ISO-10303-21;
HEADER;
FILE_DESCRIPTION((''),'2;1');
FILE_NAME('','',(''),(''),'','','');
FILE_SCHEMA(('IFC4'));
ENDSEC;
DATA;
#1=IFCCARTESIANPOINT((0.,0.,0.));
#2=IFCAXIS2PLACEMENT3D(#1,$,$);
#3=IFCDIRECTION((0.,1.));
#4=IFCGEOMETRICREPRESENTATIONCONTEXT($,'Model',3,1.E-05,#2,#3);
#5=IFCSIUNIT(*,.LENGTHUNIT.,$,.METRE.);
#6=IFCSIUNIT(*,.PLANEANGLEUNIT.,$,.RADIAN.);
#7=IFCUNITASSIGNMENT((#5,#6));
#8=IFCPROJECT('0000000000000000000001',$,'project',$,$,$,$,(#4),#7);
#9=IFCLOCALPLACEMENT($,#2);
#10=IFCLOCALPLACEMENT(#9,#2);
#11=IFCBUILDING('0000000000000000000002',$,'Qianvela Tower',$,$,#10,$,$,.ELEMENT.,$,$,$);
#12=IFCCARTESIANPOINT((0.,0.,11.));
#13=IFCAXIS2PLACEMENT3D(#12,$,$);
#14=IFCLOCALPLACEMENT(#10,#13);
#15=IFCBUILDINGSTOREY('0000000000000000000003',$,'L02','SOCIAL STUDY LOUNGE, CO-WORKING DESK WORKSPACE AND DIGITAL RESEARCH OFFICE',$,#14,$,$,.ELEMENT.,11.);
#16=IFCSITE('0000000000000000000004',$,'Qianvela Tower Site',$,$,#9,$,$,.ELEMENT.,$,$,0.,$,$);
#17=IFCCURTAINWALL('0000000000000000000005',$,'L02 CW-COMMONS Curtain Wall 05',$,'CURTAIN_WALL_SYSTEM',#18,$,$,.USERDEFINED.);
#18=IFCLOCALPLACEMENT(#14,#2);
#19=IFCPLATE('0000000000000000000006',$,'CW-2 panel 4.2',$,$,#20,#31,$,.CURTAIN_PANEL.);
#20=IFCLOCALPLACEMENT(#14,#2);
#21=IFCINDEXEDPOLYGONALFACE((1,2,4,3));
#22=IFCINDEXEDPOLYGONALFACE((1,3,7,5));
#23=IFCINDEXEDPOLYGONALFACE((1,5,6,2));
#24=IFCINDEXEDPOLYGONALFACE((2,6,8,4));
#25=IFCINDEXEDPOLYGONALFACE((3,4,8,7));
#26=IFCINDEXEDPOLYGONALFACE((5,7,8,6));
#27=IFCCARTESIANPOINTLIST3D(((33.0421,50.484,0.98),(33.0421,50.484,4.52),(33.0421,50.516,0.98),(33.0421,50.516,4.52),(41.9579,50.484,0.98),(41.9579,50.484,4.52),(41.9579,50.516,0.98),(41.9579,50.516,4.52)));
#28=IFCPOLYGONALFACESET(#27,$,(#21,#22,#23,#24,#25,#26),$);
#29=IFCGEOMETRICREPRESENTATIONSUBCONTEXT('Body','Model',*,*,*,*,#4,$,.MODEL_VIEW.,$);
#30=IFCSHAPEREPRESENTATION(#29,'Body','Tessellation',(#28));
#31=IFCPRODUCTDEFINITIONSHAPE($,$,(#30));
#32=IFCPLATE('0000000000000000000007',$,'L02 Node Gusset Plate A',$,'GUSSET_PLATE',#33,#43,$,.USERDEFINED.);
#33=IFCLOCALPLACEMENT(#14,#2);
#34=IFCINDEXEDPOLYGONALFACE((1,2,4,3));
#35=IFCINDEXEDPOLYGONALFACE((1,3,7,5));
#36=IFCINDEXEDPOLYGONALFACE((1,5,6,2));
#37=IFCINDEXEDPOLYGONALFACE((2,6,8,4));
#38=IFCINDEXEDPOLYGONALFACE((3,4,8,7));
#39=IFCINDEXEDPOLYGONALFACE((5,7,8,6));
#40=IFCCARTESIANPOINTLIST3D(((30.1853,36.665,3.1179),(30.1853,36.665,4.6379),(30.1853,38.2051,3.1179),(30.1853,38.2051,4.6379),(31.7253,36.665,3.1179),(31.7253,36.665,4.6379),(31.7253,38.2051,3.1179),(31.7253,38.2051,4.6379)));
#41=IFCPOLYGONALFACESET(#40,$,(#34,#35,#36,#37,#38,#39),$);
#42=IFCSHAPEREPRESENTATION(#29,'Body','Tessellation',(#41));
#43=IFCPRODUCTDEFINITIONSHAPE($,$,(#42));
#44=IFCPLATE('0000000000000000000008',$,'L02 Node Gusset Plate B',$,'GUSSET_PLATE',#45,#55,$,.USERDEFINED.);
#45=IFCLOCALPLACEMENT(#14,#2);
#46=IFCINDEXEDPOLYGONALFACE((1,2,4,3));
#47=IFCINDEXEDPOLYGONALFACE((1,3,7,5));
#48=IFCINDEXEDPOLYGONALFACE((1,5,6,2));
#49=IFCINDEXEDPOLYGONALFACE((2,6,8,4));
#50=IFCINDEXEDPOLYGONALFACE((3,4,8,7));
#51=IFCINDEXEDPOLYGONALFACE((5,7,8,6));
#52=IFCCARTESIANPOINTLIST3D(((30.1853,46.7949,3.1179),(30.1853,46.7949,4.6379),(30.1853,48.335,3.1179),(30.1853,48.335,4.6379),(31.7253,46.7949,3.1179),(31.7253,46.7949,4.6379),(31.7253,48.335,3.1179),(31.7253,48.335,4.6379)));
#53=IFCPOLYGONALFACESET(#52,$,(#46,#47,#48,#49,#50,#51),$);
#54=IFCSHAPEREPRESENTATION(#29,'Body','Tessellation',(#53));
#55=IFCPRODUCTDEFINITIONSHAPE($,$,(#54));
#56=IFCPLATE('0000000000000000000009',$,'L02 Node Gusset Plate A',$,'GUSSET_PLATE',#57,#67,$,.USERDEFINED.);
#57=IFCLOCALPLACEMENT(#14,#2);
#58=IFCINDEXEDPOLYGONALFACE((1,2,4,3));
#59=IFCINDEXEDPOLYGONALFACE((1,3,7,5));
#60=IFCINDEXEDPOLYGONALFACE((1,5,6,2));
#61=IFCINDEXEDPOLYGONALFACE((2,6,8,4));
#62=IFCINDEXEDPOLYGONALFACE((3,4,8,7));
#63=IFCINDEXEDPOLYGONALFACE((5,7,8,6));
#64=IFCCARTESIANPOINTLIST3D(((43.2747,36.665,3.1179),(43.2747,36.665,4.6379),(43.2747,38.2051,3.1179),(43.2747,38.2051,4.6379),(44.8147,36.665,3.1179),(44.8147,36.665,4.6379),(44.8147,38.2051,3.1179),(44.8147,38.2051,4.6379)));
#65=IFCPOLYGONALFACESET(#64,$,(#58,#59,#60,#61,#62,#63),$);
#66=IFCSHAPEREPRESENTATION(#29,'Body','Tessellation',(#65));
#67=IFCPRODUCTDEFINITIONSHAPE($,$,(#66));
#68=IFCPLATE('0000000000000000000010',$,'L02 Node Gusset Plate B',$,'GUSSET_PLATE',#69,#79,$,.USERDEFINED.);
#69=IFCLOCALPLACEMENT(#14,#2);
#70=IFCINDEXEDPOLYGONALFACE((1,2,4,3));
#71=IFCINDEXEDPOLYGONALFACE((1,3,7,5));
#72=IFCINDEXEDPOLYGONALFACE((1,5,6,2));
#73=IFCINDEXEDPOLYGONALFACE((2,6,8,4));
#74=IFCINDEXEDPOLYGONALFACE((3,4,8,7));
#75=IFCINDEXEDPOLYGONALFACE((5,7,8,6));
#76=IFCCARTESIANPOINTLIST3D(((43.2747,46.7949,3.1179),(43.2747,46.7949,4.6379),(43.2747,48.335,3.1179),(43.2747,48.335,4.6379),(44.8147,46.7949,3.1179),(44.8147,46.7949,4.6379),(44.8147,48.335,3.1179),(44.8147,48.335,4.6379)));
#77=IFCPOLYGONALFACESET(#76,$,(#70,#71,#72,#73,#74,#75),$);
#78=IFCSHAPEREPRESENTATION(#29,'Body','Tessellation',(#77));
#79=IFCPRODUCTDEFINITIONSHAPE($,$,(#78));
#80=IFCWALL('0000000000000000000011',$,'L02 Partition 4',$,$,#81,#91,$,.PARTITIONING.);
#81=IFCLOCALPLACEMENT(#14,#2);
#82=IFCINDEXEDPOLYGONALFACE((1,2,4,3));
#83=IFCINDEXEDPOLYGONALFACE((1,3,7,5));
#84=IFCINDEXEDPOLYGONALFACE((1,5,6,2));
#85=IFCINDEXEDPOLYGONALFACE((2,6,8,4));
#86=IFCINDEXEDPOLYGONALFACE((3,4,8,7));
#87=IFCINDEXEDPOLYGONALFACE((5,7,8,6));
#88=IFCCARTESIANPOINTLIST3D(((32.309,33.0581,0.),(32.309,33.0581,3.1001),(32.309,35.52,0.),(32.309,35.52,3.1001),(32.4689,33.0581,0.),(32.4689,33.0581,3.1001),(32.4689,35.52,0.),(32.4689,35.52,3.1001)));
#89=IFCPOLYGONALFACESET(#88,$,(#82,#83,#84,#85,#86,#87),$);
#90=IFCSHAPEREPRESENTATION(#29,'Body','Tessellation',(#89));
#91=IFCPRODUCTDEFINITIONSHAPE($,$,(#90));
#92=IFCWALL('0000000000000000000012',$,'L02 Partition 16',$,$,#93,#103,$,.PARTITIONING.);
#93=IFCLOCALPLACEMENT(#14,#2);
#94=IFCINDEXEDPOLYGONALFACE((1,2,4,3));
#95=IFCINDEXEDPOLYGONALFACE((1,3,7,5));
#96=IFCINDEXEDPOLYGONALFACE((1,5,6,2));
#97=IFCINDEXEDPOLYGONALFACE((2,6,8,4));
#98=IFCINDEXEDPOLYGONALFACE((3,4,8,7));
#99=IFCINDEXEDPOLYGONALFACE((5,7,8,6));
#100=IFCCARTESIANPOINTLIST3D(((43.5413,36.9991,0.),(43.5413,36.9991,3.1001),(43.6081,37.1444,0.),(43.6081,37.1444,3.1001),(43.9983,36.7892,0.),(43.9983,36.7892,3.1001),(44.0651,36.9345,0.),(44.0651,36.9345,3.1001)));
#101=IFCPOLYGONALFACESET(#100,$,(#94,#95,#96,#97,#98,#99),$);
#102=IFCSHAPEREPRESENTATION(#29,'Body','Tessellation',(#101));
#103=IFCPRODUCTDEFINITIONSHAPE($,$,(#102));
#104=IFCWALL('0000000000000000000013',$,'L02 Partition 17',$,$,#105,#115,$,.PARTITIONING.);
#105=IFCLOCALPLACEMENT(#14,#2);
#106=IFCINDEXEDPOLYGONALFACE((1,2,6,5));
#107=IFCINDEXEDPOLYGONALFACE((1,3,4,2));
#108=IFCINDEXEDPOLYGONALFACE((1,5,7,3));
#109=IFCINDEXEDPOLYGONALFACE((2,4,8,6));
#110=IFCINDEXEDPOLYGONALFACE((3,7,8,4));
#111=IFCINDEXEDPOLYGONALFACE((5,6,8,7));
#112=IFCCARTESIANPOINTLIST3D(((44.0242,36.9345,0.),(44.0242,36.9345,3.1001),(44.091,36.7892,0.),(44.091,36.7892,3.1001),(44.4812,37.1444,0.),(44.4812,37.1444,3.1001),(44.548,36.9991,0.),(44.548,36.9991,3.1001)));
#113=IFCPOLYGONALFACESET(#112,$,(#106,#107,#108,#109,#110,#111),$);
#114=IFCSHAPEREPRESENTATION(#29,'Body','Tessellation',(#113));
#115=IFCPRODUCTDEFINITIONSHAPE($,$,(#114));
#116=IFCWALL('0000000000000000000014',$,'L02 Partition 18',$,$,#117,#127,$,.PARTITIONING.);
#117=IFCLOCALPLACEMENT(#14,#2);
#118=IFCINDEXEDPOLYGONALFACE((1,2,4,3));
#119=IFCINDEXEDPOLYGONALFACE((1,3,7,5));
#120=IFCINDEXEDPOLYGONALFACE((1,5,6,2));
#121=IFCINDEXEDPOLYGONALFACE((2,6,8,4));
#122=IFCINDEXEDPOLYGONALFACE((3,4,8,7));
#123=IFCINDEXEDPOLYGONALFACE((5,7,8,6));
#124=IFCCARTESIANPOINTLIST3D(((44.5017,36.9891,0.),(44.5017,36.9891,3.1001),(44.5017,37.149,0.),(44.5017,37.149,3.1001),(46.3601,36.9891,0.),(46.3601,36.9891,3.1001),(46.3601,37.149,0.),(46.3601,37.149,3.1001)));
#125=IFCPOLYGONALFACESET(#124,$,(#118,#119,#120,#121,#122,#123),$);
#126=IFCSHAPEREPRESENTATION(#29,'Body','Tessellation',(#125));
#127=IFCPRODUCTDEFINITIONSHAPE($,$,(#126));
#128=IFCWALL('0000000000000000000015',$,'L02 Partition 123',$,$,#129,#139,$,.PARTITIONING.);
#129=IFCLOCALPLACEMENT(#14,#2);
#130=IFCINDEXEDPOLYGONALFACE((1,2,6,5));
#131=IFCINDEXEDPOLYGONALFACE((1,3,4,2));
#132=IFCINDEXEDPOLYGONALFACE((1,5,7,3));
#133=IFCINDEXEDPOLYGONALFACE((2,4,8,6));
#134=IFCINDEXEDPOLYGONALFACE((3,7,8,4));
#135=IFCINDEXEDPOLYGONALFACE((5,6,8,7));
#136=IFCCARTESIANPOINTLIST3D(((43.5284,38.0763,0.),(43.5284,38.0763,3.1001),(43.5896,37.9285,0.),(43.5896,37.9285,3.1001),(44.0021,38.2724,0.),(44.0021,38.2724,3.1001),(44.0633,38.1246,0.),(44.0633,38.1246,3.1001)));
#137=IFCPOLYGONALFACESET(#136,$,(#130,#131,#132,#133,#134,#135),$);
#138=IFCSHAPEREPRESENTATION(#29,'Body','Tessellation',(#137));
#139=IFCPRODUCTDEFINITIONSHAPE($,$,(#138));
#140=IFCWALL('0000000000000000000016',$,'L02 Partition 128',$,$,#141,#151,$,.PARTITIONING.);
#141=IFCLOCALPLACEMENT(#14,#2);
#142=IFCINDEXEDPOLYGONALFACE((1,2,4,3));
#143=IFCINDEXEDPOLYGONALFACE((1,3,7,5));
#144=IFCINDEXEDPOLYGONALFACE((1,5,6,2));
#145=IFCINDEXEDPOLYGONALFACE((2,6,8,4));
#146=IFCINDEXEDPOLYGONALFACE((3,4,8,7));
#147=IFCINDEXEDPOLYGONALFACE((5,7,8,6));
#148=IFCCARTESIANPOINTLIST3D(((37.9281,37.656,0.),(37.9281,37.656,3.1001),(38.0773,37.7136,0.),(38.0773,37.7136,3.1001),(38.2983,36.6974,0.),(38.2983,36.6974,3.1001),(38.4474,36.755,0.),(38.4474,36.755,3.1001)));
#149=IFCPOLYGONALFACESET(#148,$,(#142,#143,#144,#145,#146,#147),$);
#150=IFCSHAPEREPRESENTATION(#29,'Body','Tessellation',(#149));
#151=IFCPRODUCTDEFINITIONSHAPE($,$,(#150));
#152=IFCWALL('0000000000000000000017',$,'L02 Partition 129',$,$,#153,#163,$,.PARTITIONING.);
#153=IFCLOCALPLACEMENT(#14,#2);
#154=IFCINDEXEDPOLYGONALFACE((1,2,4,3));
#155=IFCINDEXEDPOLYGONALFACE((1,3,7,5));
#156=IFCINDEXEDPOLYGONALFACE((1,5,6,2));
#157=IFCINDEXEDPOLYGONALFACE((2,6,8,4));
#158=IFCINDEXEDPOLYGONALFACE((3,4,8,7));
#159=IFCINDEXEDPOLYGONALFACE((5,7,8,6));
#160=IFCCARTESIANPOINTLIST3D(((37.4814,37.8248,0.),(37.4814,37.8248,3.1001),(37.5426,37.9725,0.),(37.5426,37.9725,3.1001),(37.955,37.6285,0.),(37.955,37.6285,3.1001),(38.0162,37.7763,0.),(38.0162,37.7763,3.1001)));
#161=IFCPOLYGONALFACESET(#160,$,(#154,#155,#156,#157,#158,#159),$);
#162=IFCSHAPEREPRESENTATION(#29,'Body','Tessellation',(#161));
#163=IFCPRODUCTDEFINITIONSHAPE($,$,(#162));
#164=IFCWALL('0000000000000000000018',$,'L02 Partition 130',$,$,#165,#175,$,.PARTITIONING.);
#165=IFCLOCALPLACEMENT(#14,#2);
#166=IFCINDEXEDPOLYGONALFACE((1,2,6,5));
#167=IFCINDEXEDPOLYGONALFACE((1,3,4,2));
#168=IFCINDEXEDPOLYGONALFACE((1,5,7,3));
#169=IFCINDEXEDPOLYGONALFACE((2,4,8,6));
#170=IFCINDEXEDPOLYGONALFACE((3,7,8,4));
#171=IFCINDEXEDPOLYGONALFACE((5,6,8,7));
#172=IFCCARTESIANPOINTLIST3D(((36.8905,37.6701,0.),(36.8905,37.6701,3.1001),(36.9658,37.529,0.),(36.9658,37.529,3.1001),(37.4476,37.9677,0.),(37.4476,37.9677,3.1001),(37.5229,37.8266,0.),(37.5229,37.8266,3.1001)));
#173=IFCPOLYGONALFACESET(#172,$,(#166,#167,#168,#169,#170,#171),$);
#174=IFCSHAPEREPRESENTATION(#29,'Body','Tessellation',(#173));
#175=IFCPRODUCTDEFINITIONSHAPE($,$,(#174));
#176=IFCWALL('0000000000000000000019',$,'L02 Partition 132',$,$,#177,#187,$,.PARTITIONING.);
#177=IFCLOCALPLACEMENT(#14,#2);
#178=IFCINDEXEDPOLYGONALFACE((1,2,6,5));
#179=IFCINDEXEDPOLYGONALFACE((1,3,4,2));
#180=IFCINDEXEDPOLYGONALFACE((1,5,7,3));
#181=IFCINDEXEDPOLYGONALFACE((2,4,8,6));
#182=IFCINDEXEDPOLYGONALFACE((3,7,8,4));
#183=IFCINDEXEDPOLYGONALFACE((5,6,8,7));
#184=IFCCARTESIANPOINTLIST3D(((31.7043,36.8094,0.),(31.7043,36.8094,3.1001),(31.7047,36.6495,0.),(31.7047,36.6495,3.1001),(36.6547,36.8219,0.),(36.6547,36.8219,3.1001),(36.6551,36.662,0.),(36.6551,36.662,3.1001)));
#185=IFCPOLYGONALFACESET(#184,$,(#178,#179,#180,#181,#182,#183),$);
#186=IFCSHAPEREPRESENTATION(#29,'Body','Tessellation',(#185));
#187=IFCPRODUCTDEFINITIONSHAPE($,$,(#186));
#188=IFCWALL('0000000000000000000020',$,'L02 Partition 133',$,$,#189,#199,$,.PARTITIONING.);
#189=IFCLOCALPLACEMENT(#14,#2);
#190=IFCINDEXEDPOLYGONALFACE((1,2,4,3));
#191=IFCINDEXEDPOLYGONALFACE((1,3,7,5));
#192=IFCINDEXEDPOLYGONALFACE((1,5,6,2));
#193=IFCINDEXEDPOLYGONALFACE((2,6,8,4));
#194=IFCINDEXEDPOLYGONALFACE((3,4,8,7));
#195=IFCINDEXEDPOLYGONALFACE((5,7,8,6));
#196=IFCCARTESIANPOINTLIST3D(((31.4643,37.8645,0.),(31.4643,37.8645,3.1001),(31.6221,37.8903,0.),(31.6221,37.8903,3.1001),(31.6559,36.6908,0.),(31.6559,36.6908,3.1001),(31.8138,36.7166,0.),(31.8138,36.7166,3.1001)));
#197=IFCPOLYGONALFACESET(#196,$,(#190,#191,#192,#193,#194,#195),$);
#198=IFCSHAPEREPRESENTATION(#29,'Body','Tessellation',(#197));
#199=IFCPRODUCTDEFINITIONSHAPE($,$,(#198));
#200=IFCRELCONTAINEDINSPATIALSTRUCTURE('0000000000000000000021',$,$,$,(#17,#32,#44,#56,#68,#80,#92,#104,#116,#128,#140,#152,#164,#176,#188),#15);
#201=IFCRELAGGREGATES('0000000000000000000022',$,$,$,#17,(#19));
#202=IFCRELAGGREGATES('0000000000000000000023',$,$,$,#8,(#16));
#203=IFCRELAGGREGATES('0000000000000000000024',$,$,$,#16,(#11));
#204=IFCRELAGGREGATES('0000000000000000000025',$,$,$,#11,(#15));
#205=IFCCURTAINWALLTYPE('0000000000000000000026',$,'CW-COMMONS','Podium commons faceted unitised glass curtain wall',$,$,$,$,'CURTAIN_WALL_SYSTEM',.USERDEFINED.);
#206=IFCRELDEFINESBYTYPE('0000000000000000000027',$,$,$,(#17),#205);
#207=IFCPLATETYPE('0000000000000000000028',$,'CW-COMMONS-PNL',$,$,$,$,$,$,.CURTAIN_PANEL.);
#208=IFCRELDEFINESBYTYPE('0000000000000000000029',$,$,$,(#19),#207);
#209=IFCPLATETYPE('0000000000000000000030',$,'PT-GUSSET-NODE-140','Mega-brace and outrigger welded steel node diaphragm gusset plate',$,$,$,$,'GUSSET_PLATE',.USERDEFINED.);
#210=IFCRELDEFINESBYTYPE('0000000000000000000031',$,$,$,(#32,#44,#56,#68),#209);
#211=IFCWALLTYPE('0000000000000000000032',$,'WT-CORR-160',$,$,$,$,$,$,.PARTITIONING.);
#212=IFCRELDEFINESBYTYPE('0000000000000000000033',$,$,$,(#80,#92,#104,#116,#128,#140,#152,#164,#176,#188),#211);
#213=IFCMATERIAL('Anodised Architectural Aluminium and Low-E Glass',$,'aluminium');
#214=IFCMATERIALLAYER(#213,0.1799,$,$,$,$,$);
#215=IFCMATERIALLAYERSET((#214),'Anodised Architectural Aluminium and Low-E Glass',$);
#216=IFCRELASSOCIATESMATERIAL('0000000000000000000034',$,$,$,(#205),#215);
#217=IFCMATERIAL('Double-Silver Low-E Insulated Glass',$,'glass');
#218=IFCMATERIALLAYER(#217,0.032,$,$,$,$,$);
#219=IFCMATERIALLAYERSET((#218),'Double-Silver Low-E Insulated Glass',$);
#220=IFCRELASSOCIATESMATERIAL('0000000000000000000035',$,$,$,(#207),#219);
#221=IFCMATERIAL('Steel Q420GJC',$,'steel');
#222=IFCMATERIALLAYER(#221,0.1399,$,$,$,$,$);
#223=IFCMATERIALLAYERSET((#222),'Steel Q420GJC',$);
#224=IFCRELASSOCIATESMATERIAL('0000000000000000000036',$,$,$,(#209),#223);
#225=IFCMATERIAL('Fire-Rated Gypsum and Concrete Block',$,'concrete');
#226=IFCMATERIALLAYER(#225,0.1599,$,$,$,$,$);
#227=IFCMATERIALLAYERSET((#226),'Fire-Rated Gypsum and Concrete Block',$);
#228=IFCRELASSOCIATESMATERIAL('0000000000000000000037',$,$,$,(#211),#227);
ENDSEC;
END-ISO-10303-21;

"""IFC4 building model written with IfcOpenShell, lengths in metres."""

from ifc_helpers import new_model, si_unit, direction, frame, frame_2d, origin, origin_2d, place, context, subcontext, project, spatial, rectangle, extrude, material, layer, layer_set, type_object, element, aggregate, save


model = new_model("IFC4")

# Units and contexts
model_context = context("Model", 3, precision=1e-05, world=origin(), true_north=direction((0.0, 1.0)))
body_context = subcontext(model_context, "Body", "Model", "MODEL_VIEW")
ifc_project = project(units=[si_unit("LENGTHUNIT", "METRE"), si_unit("PLANEANGLEUNIT", "RADIAN")], contexts=[model_context])

# Site, building, storey
site_placement = place(None, origin())
site = spatial("IfcSite", under=ifc_project, at=site_placement, Name="Qianvela Tower Site", CompositionType="ELEMENT", RefElevation=0.0)
building_placement = place(site_placement, origin())
building = spatial("IfcBuilding", under=site, at=building_placement, Name="Qianvela Tower", CompositionType="ELEMENT")
storey_placement = place(building_placement, frame((0.0, 0.0, 11.0)))
storey = spatial("IfcBuildingStorey", under=building, at=storey_placement, Name="L02", Description="SOCIAL STUDY LOUNGE, CO-WORKING DESK WORKSPACE AND DIGITAL RESEARCH OFFICE", CompositionType="ELEMENT", Elevation=11.0)

# Curtain wall
ifc_material_1 = material(Name="Anodised Architectural Aluminium and Low-E Glass", Category="aluminium")
ifc_layer_1 = layer(ifc_material_1, 0.1799)
ifc_layer_set_1 = layer_set([ifc_layer_1], Name="Anodised Architectural Aluminium and Low-E Glass")
curtain_wall_type = type_object("IfcCurtainWallType", Name="CW-COMMONS", Description="Podium commons faceted unitised glass curtain wall", ElementType="CURTAIN_WALL_SYSTEM", PredefinedType="USERDEFINED", material=ifc_layer_set_1)
curtain_wall_placement = place(storey_placement, origin())
curtain_wall = element("IfcCurtainWall", 1, at=curtain_wall_placement, inside=storey, type_object=curtain_wall_type, Name="L02 CW-COMMONS Curtain Wall 05", ObjectType="CURTAIN_WALL_SYSTEM", PredefinedType="USERDEFINED")

# Plate
ifc_material_2 = material(Name="Double-Silver Low-E Insulated Glass", Category="glass")
ifc_layer_2 = layer(ifc_material_2, 0.032)
ifc_layer_set_2 = layer_set([ifc_layer_2], Name="Double-Silver Low-E Insulated Glass")
plate_type_1 = type_object("IfcPlateType", Name="CW-COMMONS-PNL", PredefinedType="CURTAIN_PANEL", material=ifc_layer_set_2)
plate_1_placement = place(storey_placement, frame((37.5, 50.5, 0.98), z_axis=(0.0, 0.0, 1.0), x_axis=(-1.0, 0.0, 0.0)))
plate_1 = element("IfcPlate", 2, at=plate_1_placement, type_object=plate_type_1, Name="CW-2 panel 4.2", PredefinedType="CURTAIN_PANEL", context=body_context, shape_type="SweptSolid", body=[
    extrude(rectangle(XDim=8.9158, YDim=0.032, at=origin_2d()), origin(), (0.0, 0.0, 1.0), 3.54),
])
aggregate(curtain_wall, [plate_1])

# Plates
ifc_material_3 = material(Name="Steel Q420GJC", Category="steel")
ifc_layer_3 = layer(ifc_material_3, 0.1399)
ifc_layer_set_3 = layer_set([ifc_layer_3], Name="Steel Q420GJC")
plate_type_2 = type_object("IfcPlateType", Name="PT-GUSSET-NODE-140", Description="Mega-brace and outrigger welded steel node diaphragm gusset plate", ElementType="GUSSET_PLATE", PredefinedType="USERDEFINED", material=ifc_layer_set_3)
for number, where, z_axis, x_axis, name in (
    (3, (30.9553, 37.4351, 3.1179), (0.0, 0.0, 1.0), (1.0, 0.0, 0.0), "L02 Node Gusset Plate A"),
    (4, (30.9553, 47.5649, 3.1179), (0.0, 0.0, 1.0), (1.0, 0.0, 0.0), "L02 Node Gusset Plate B"),
    (5, (44.0447, 37.4351, 3.1179), (0.0, 0.0, 1.0), (1.0, 0.0, 0.0), "L02 Node Gusset Plate A"),
    (6, (44.0447, 47.5649, 3.1179), (0.0, 0.0, 1.0), (1.0, 0.0, 0.0), "L02 Node Gusset Plate B"),
):
    element("IfcPlate", number, at=place(storey_placement, frame(where, z_axis=z_axis, x_axis=x_axis)), inside=storey, type_object=plate_type_2, Name=name, ObjectType="GUSSET_PLATE", PredefinedType="USERDEFINED", context=body_context, shape_type="SweptSolid", body=[
        extrude(rectangle(XDim=1.54, YDim=1.54, at=origin_2d()), origin(), (0.0, 0.0, 1.0), 1.52),
    ])

# Wall
ifc_material_4 = material(Name="Fire-Rated Gypsum and Concrete Block", Category="concrete")
ifc_layer_4 = layer(ifc_material_4, 0.1599)
ifc_layer_set_4 = layer_set([ifc_layer_4], Name="Fire-Rated Gypsum and Concrete Block")
wall_type = type_object("IfcWallType", Name="WT-CORR-160", PredefinedType="PARTITIONING", material=ifc_layer_set_4)
wall_1_placement = place(storey_placement, frame((32.3889, 35.52, 0.0), z_axis=(0.0, 0.0, 1.0), x_axis=(0.0, -1.0, 0.0)))
element("IfcWall", 7, at=wall_1_placement, inside=storey, type_object=wall_type, Name="L02 Partition 4", PredefinedType="PARTITIONING", context=body_context, shape_type="SweptSolid", body=[
    extrude(rectangle(XDim=2.4619, YDim=0.1599, at=frame_2d((1.231, 0.0))), origin(), (0.0, 0.0, 1.0), 3.1001),
])

# Walls
for number, where, z_axis, x_axis, name in (
    (8, (43.5747, 37.0718, 0.0), (0.0, 0.0, 1.0), (0.908697, -0.417457, 0.0), "L02 Partition 16"),
    (9, (44.0576, 36.8618, 0.0), (0.0, 0.0, 1.0), (0.908697, 0.417457, 0.0), "L02 Partition 17"),
):
    element("IfcWall", number, at=place(storey_placement, frame(where, z_axis=z_axis, x_axis=x_axis)), inside=storey, type_object=wall_type, Name=name, PredefinedType="PARTITIONING", context=body_context, shape_type="SweptSolid", body=[
        extrude(rectangle(XDim=0.5029, YDim=0.1599, at=frame_2d((0.2515, 0.0))), origin(), (0.0, 0.0, 1.0), 3.1001),
    ])
wall_2_placement = place(storey_placement, frame((44.5017, 37.0691, 0.0), z_axis=(0.0, 0.0, 1.0), x_axis=(1.0, 0.0, 0.0)))
element("IfcWall", 10, at=wall_2_placement, inside=storey, type_object=wall_type, Name="L02 Partition 18", PredefinedType="PARTITIONING", context=body_context, shape_type="SweptSolid", body=[
    extrude(rectangle(XDim=1.8584, YDim=0.1599, at=frame_2d((0.9292, 0.0))), origin(), (0.0, 0.0, 1.0), 3.1001),
])
wall_3_placement = place(storey_placement, frame((44.0327, 38.1985, 0.0), z_axis=(0.0, 0.0, 1.0), x_axis=(-0.923976, -0.38245, 0.0)))
element("IfcWall", 11, at=wall_3_placement, inside=storey, type_object=wall_type, Name="L02 Partition 123", PredefinedType="PARTITIONING", context=body_context, shape_type="SweptSolid", body=[
    extrude(rectangle(XDim=0.5127, YDim=0.1599, at=frame_2d((0.2563, 0.0))), origin(), (0.0, 0.0, 1.0), 3.1001),
])
wall_4_placement = place(storey_placement, frame((38.3728, 36.7263, 0.0), z_axis=(0.0, 0.0, 1.0), x_axis=(-0.360221, 0.932867, 0.0)))
element("IfcWall", 12, at=wall_4_placement, inside=storey, type_object=wall_type, Name="L02 Partition 128", PredefinedType="PARTITIONING", context=body_context, shape_type="SweptSolid", body=[
    extrude(rectangle(XDim=1.0276, YDim=0.1599, at=frame_2d((0.5137, 0.0))), origin(), (0.0, 0.0, 1.0), 3.1001),
])
wall_5_placement = place(storey_placement, frame((37.9856, 37.7024, 0.0), z_axis=(0.0, 0.0, 1.0), x_axis=(-0.923808, 0.382856, 0.0)))
element("IfcWall", 13, at=wall_5_placement, inside=storey, type_object=wall_type, Name="L02 Partition 129", PredefinedType="PARTITIONING", context=body_context, shape_type="SweptSolid", body=[
    extrude(rectangle(XDim=0.5127, YDim=0.1599, at=frame_2d((0.2563, 0.0))), origin(), (0.0, 0.0, 1.0), 3.1001),
])
wall_6_placement = place(storey_placement, frame((37.4854, 37.8972, 0.0), z_axis=(0.0, 0.0, 1.0), x_axis=(-0.882042, -0.47117, 0.0)))
element("IfcWall", 14, at=wall_6_placement, inside=storey, type_object=wall_type, Name="L02 Partition 130", PredefinedType="PARTITIONING", context=body_context, shape_type="SweptSolid", body=[
    extrude(rectangle(XDim=0.6316, YDim=0.1599, at=frame_2d((0.3159, 0.0))), origin(), (0.0, 0.0, 1.0), 3.1001),
])
wall_7_placement = place(storey_placement, frame((36.6548, 36.7419, 0.0), z_axis=(0.0, 0.0, 1.0), x_axis=(-0.999997, -0.002515, 0.0)))
element("IfcWall", 15, at=wall_7_placement, inside=storey, type_object=wall_type, Name="L02 Partition 132", PredefinedType="PARTITIONING", context=body_context, shape_type="SweptSolid", body=[
    extrude(rectangle(XDim=4.9504, YDim=0.1599, at=frame_2d((2.4751, 0.0))), origin(), (0.0, 0.0, 1.0), 3.1001),
])
wall_8_placement = place(storey_placement, frame((31.7349, 36.7036, 0.0), z_axis=(0.0, 0.0, 1.0), x_axis=(-0.161169, 0.986927, 0.0)))
element("IfcWall", 16, at=wall_8_placement, inside=storey, type_object=wall_type, Name="L02 Partition 133", PredefinedType="PARTITIONING", context=body_context, shape_type="SweptSolid", body=[
    extrude(rectangle(XDim=1.1892, YDim=0.1599, at=frame_2d((0.5947, 0.0))), origin(), (0.0, 0.0, 1.0), 3.1001),
])

save(model, "model.ifc")
